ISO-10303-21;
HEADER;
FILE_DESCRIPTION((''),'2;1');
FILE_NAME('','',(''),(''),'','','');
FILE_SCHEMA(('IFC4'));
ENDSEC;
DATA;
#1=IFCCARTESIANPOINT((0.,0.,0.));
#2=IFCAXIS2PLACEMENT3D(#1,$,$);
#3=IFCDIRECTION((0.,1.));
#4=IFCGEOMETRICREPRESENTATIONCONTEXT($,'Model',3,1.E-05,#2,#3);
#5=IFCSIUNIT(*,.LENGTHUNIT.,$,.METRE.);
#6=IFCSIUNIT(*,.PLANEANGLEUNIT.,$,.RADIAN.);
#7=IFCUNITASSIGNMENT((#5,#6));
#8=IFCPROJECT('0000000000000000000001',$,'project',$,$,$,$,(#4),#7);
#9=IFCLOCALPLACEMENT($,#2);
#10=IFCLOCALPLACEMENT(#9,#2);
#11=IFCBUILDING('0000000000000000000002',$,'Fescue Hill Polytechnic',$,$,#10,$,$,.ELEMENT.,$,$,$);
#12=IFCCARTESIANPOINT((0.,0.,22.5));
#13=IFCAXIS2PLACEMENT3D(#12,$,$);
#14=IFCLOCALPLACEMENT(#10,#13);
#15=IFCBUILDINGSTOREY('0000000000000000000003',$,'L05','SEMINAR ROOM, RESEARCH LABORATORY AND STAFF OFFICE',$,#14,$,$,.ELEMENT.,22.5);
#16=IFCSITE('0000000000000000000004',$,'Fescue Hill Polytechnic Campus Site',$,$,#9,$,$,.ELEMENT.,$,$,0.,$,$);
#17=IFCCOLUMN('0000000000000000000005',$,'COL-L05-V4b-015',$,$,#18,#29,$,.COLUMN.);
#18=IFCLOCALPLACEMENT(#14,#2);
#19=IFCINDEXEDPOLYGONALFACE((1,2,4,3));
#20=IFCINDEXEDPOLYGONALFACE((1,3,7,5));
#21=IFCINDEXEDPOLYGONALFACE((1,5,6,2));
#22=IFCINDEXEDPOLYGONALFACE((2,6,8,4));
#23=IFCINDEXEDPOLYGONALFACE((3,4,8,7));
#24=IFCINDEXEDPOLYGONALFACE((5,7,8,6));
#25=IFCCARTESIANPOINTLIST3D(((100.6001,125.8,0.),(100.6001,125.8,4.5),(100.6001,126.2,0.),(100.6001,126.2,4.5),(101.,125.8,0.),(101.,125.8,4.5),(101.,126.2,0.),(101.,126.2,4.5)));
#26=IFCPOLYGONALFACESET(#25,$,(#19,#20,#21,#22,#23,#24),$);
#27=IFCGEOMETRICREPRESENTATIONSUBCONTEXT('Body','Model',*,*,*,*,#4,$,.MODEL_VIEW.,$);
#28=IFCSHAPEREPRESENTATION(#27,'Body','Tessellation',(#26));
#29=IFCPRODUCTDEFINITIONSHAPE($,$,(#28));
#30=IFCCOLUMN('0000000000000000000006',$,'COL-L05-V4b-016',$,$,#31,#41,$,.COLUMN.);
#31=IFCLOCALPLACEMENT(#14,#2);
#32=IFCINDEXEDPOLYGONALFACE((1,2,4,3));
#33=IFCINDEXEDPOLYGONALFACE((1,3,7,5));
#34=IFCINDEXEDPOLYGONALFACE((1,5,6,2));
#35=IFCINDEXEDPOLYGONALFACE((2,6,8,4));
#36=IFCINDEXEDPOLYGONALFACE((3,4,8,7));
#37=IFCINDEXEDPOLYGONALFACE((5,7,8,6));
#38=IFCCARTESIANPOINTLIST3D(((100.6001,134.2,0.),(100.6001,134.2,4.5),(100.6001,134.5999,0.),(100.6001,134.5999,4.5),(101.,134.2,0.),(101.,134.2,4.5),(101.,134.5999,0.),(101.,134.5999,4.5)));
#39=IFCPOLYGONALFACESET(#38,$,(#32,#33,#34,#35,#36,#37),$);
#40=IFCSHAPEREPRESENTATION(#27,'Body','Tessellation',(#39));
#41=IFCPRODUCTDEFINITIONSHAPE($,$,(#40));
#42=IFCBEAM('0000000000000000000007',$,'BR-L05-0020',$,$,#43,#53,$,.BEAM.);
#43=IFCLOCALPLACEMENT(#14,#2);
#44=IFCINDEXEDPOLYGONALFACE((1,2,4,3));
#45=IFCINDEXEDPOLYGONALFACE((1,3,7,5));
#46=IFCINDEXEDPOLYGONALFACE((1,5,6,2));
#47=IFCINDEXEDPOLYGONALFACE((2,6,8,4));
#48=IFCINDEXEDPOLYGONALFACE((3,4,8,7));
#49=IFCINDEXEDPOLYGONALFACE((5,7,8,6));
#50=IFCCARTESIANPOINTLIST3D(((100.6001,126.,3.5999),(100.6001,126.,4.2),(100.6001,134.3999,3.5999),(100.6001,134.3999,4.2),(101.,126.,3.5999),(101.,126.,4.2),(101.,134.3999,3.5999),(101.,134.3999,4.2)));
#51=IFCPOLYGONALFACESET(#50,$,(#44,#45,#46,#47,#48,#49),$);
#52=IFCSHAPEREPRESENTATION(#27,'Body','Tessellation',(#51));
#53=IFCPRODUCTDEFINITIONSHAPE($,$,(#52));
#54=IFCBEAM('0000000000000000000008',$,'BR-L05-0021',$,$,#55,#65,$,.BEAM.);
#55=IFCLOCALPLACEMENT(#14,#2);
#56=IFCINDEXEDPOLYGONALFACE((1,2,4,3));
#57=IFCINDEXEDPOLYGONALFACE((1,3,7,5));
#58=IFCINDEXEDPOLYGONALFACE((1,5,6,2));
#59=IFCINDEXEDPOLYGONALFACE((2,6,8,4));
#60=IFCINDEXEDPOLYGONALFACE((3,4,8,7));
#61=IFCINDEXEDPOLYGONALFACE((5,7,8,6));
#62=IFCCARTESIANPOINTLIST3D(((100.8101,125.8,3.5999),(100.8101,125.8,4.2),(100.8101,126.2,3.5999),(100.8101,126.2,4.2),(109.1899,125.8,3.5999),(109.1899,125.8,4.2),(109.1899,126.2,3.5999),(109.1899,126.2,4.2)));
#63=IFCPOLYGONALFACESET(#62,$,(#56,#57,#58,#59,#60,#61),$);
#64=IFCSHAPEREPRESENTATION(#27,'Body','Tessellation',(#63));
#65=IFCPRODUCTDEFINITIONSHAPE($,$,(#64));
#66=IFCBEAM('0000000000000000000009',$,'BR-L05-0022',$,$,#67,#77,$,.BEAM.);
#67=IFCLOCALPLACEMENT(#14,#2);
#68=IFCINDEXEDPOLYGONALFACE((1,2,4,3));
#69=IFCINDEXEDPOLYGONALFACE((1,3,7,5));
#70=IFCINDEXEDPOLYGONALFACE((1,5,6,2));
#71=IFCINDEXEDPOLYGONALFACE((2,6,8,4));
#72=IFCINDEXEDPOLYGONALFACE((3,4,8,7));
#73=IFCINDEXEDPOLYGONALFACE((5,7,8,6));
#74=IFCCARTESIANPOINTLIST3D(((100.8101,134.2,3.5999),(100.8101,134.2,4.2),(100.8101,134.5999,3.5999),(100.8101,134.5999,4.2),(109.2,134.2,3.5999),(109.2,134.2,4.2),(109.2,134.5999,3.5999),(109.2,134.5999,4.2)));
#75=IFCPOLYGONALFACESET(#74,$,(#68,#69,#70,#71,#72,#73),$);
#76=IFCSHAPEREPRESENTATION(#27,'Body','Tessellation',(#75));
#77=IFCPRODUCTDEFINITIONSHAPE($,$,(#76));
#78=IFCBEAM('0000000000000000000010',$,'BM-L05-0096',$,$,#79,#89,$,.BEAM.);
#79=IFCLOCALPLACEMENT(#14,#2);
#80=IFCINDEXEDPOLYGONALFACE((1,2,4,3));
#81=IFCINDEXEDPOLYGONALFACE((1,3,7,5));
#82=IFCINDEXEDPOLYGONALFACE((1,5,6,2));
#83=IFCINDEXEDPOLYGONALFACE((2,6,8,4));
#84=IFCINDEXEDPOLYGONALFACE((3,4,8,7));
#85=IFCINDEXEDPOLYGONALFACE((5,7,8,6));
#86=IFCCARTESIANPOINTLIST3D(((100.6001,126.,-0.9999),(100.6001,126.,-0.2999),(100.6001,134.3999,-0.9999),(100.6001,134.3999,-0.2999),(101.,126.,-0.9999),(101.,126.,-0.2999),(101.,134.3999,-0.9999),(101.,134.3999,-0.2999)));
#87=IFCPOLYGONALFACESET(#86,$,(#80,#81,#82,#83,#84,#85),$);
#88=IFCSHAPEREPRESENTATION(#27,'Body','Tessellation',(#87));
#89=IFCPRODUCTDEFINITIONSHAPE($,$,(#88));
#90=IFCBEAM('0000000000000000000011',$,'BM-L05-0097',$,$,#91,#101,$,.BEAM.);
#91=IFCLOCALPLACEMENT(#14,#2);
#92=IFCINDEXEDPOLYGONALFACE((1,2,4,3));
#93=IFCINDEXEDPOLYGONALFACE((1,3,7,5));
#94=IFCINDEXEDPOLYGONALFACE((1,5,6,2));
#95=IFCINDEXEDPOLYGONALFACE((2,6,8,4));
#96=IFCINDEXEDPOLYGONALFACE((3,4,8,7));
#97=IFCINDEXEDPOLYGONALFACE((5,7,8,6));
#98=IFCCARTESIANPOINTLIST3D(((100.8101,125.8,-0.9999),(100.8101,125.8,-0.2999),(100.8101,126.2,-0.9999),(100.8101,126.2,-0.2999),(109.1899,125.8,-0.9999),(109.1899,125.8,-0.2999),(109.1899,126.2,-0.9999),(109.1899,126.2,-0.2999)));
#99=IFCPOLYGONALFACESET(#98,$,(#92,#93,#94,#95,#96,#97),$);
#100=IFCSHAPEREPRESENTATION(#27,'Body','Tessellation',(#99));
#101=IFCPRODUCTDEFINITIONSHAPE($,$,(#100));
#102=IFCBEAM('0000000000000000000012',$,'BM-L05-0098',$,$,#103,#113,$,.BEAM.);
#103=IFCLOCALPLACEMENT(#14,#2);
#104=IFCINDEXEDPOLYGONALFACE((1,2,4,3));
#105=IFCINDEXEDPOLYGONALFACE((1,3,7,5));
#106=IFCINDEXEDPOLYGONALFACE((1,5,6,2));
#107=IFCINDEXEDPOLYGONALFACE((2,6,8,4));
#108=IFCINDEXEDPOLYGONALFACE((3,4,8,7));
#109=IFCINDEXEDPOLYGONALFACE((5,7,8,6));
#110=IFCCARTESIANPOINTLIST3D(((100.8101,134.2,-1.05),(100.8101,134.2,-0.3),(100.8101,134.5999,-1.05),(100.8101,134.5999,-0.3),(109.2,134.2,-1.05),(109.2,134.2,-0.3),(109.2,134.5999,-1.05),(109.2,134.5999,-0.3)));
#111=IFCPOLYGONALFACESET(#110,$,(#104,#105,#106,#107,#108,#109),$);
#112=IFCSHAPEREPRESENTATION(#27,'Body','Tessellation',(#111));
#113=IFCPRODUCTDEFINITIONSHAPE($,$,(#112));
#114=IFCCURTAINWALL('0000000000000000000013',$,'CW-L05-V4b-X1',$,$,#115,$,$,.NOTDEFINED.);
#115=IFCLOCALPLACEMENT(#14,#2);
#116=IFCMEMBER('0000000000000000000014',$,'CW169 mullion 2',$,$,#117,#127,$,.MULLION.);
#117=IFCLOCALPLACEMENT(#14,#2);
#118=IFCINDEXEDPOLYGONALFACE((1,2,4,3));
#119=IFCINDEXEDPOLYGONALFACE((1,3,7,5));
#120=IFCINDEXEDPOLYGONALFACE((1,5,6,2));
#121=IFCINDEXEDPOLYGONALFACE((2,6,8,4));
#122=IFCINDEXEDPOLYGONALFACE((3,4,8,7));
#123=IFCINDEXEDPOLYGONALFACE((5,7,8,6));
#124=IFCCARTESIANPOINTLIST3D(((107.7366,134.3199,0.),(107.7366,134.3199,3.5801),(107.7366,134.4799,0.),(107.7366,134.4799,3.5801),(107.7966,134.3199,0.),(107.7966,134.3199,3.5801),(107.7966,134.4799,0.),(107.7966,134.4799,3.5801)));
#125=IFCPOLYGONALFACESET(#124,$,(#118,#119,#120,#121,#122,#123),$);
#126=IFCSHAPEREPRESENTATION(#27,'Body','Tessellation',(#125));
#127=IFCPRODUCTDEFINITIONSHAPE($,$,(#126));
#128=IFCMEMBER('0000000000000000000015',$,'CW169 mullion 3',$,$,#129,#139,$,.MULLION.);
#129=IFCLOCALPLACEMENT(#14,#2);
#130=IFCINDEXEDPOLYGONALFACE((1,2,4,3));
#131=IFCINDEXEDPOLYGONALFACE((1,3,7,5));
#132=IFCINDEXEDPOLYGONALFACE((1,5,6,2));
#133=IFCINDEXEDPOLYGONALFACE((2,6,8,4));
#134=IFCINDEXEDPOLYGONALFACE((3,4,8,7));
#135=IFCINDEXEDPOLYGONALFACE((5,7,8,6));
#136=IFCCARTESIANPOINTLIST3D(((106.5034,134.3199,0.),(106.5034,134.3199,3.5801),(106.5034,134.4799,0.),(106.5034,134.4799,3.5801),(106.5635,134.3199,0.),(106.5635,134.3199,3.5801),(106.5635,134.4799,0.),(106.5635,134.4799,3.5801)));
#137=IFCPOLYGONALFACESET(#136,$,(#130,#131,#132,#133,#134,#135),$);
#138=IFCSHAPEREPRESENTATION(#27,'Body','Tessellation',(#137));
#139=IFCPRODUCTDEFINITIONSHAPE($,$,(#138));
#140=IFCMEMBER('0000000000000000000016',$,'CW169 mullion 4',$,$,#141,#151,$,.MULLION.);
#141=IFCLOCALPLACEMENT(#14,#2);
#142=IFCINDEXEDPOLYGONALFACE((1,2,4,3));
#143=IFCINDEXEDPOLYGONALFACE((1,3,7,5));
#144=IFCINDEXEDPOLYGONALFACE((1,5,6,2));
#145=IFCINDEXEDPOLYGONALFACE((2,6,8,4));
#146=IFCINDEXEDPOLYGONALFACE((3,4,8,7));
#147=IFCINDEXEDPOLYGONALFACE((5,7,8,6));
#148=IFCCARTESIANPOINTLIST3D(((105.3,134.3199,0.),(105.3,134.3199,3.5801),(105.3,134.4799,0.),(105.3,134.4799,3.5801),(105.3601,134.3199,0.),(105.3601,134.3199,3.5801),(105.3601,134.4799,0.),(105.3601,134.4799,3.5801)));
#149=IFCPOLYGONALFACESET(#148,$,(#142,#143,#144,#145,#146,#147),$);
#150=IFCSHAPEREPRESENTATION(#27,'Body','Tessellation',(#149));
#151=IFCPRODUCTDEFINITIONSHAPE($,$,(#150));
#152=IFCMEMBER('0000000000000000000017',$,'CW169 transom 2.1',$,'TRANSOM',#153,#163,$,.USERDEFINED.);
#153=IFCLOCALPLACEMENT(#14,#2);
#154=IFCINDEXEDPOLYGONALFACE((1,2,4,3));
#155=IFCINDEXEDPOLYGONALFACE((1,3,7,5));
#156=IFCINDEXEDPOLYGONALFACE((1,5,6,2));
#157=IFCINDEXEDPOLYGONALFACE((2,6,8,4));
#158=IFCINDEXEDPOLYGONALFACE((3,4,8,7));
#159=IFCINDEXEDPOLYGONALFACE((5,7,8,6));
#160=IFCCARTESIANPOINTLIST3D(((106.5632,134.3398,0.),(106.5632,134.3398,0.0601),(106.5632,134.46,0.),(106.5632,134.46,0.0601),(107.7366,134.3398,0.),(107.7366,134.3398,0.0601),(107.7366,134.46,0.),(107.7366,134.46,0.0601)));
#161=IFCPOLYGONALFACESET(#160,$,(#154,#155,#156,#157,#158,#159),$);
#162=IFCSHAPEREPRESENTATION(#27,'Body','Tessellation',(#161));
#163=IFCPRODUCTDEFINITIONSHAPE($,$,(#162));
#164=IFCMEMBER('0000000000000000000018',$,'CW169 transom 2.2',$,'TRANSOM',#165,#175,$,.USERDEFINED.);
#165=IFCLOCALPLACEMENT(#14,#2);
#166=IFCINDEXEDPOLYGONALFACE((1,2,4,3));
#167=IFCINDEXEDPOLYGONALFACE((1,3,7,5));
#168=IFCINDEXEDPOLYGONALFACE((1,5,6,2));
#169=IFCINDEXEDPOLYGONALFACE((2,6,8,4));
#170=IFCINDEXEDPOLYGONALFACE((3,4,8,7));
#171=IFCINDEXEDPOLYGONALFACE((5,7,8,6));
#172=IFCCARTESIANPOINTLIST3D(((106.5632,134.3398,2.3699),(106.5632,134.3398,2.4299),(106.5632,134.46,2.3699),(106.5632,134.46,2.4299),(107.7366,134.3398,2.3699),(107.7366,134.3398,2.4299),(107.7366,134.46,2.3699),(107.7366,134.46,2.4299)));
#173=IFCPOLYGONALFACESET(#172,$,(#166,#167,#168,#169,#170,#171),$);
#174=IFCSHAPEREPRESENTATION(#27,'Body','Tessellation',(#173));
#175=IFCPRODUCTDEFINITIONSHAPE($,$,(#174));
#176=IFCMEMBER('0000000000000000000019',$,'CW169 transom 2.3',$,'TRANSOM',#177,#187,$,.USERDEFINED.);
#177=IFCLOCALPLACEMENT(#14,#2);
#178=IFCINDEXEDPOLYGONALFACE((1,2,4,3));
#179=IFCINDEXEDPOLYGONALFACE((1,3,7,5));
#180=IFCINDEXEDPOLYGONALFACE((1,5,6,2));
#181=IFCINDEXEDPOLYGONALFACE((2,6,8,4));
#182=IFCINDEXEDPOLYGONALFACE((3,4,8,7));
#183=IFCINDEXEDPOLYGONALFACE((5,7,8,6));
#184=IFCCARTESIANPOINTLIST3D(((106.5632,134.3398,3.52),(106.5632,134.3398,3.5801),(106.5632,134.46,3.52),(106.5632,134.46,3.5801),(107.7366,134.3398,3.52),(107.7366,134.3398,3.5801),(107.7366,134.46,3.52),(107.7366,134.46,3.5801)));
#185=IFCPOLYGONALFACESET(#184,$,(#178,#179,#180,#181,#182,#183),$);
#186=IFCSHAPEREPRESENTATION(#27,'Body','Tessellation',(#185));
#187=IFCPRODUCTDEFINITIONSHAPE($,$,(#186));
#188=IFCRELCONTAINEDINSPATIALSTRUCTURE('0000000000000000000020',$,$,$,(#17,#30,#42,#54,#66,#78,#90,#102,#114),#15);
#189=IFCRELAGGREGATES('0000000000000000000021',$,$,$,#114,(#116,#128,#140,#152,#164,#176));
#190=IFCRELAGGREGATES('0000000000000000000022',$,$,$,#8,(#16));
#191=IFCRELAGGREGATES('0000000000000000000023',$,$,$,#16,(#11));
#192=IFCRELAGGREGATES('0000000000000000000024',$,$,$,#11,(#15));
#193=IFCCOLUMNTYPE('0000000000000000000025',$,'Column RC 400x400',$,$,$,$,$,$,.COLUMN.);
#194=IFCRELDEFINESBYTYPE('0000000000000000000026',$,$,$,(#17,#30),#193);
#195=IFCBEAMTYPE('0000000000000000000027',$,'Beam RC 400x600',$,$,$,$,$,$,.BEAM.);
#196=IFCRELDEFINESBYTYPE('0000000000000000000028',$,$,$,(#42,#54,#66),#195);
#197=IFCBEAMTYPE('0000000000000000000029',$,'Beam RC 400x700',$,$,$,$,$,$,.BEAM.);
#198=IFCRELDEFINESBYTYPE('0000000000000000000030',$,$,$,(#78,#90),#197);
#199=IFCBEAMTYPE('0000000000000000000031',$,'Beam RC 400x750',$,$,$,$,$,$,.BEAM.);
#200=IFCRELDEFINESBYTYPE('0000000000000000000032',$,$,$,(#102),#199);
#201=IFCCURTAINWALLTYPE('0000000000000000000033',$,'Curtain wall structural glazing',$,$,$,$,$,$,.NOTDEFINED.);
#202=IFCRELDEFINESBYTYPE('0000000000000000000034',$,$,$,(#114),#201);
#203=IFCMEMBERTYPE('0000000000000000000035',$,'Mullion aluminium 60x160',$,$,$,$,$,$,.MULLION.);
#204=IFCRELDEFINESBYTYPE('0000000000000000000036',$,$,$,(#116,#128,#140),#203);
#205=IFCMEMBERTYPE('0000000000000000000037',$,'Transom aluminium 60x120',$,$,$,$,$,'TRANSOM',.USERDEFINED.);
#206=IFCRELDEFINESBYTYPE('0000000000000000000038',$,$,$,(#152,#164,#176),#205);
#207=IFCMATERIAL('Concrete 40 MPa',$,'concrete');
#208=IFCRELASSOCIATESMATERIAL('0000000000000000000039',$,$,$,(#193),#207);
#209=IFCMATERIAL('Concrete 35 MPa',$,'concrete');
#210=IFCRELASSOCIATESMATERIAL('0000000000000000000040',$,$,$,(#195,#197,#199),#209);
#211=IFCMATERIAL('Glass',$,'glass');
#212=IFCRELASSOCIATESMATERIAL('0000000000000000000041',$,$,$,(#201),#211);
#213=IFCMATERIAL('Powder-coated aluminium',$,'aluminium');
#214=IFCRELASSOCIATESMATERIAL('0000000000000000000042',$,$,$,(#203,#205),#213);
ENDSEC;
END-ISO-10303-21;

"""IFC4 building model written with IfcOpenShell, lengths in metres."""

from ifc_helpers import new_model, si_unit, direction, frame, origin, origin_2d, place, context, subcontext, project, spatial, rectangle, extrude, material, material_profile, profile_set, type_object, element, aggregate, save


model = new_model("IFC4")

# Units and contexts
model_context = context("Model", 3, precision=1e-05, world=origin(), true_north=direction((0.0, 1.0)))
body_context = subcontext(model_context, "Body", "Model", "MODEL_VIEW")
ifc_project = project(units=[si_unit("LENGTHUNIT", "METRE"), si_unit("PLANEANGLEUNIT", "RADIAN")], contexts=[model_context])

# Site, building, storey
site_placement = place(None, origin())
site = spatial("IfcSite", under=ifc_project, at=site_placement, Name="Fescue Hill Polytechnic Campus Site", CompositionType="ELEMENT", RefElevation=0.0)
building_placement = place(site_placement, origin())
building = spatial("IfcBuilding", under=site, at=building_placement, Name="Fescue Hill Polytechnic", CompositionType="ELEMENT")
storey_placement = place(building_placement, frame((0.0, 0.0, 22.5)))
storey = spatial("IfcBuildingStorey", under=building, at=storey_placement, Name="L05", Description="SEMINAR ROOM, RESEARCH LABORATORY AND STAFF OFFICE", CompositionType="ELEMENT", Elevation=22.5)

# Columns
ifc_material_1 = material(Name="Concrete 40 MPa", Category="concrete")
ifc_material_profile_1 = material_profile(ifc_material_1, rectangle(XDim=0.3999, YDim=0.3999, at=origin_2d()), Name="RC 400x400")
ifc_profile_set_1 = profile_set([ifc_material_profile_1], Name="Concrete 40 MPa")
column_type = type_object("IfcColumnType", Name="Column RC 400x400", PredefinedType="COLUMN", material=ifc_profile_set_1)
for number, where, z_axis, x_axis, name in (
    (1, (100.8, 126.0, 0.0), (0.0, 0.0, 1.0), (1.0, 0.0, 0.0), "COL-L05-V4b-015"),
    (2, (100.8, 134.3999, 0.0), (0.0, 0.0, 1.0), (1.0, 0.0, 0.0), "COL-L05-V4b-016"),
):
    element("IfcColumn", number, at=place(storey_placement, frame(where, z_axis=z_axis, x_axis=x_axis)), inside=storey, type_object=column_type, Name=name, PredefinedType="COLUMN", context=body_context, shape_type="SweptSolid", body=[
        extrude(rectangle(XDim=0.3999, YDim=0.3999, at=origin_2d()), origin(), (0.0, 0.0, 1.0), 4.5),
    ])

# Beams
ifc_material_2 = material(Name="Concrete 35 MPa", Category="concrete")
ifc_material_profile_2 = material_profile(ifc_material_2, rectangle(XDim=0.3999, YDim=0.6001, at=origin_2d()), Name="RC 400x600")
ifc_profile_set_2 = profile_set([ifc_material_profile_2], Name="Concrete 35 MPa")
beam_type_1 = type_object("IfcBeamType", Name="Beam RC 400x600", PredefinedType="BEAM", material=ifc_profile_set_2)
beam_1_placement = place(storey_placement, frame((100.8, 126.0, 3.8999), z_axis=(0.0, 1.0, 0.0), x_axis=(-1.0, 0.0, 0.0)))
element("IfcBeam", 3, at=beam_1_placement, inside=storey, type_object=beam_type_1, Name="BR-L05-0020", PredefinedType="BEAM", context=body_context, shape_type="SweptSolid", body=[
    extrude(rectangle(XDim=0.3999, YDim=0.6001, at=origin_2d()), origin(), (0.0, 0.0, 1.0), 8.3999),
])
beam_2_placement = place(storey_placement, frame((100.8101, 126.0, 3.8999), z_axis=(1.0, 0.0, 0.0), x_axis=(0.0, 1.0, 0.0)))
element("IfcBeam", 4, at=beam_2_placement, inside=storey, type_object=beam_type_1, Name="BR-L05-0021", PredefinedType="BEAM", context=body_context, shape_type="SweptSolid", body=[
    extrude(rectangle(XDim=0.3999, YDim=0.6001, at=origin_2d()), origin(), (0.0, 0.0, 1.0), 8.3799),
])
beam_3_placement = place(storey_placement, frame((100.8101, 134.3999, 3.8999), z_axis=(1.0, 0.0, 0.0), x_axis=(0.0, 1.0, 0.0)))
element("IfcBeam", 5, at=beam_3_placement, inside=storey, type_object=beam_type_1, Name="BR-L05-0022", PredefinedType="BEAM", context=body_context, shape_type="SweptSolid", body=[
    extrude(rectangle(XDim=0.3999, YDim=0.6001, at=origin_2d()), origin(), (0.0, 0.0, 1.0), 8.3899),
])
ifc_material_profile_3 = material_profile(ifc_material_2, rectangle(XDim=0.3999, YDim=0.7, at=origin_2d()), Name="RC 400x700")
ifc_profile_set_3 = profile_set([ifc_material_profile_3], Name="Concrete 35 MPa")
beam_type_2 = type_object("IfcBeamType", Name="Beam RC 400x700", PredefinedType="BEAM", material=ifc_profile_set_3)
beam_4_placement = place(storey_placement, frame((100.8, 126.0, -0.6499), z_axis=(0.0, 1.0, 0.0), x_axis=(-1.0, 0.0, 0.0)))
element("IfcBeam", 6, at=beam_4_placement, inside=storey, type_object=beam_type_2, Name="BM-L05-0096", PredefinedType="BEAM", context=body_context, shape_type="SweptSolid", body=[
    extrude(rectangle(XDim=0.3999, YDim=0.7, at=origin_2d()), origin(), (0.0, 0.0, 1.0), 8.3999),
])
beam_5_placement = place(storey_placement, frame((100.8101, 126.0, -0.6499), z_axis=(1.0, 0.0, 0.0), x_axis=(0.0, 1.0, 0.0)))
element("IfcBeam", 7, at=beam_5_placement, inside=storey, type_object=beam_type_2, Name="BM-L05-0097", PredefinedType="BEAM", context=body_context, shape_type="SweptSolid", body=[
    extrude(rectangle(XDim=0.3999, YDim=0.7, at=origin_2d()), origin(), (0.0, 0.0, 1.0), 8.3799),
])
ifc_material_profile_4 = material_profile(ifc_material_2, rectangle(XDim=0.3999, YDim=0.75, at=origin_2d()), Name="RC 400x750")
ifc_profile_set_4 = profile_set([ifc_material_profile_4], Name="Concrete 35 MPa")
beam_type_3 = type_object("IfcBeamType", Name="Beam RC 400x750", PredefinedType="BEAM", material=ifc_profile_set_4)
beam_6_placement = place(storey_placement, frame((100.8101, 134.3999, -0.675), z_axis=(1.0, 0.0, 0.0), x_axis=(0.0, 1.0, 0.0)))
element("IfcBeam", 8, at=beam_6_placement, inside=storey, type_object=beam_type_3, Name="BM-L05-0098", PredefinedType="BEAM", context=body_context, shape_type="SweptSolid", body=[
    extrude(rectangle(XDim=0.3999, YDim=0.75, at=origin_2d()), origin(), (0.0, 0.0, 1.0), 8.3899),
])

# Curtain wall, members
ifc_material_3 = material(Name="Glass", Category="glass")
curtain_wall_type = type_object("IfcCurtainWallType", Name="Curtain wall structural glazing", PredefinedType="NOTDEFINED", material=ifc_material_3)
curtain_wall_placement = place(storey_placement, origin())
curtain_wall = element("IfcCurtainWall", 9, at=curtain_wall_placement, inside=storey, type_object=curtain_wall_type, Name="CW-L05-V4b-X1", PredefinedType="NOTDEFINED")
ifc_material_4 = material(Name="Powder-coated aluminium", Category="aluminium")
ifc_material_profile_5 = material_profile(ifc_material_4, rectangle(XDim=0.1599, YDim=0.0601, at=origin_2d()), Name="Mullion aluminium 60x160")
ifc_profile_set_5 = profile_set([ifc_material_profile_5], Name="Powder-coated aluminium")
member_type_1 = type_object("IfcMemberType", Name="Mullion aluminium 60x160", PredefinedType="MULLION", material=ifc_profile_set_5)
member_1_placement = place(storey_placement, frame((107.7666, 134.3999, 0.0), z_axis=(0.0, 0.0, 1.0), x_axis=(0.0, -1.0, 0.0)))
member_1 = element("IfcMember", 10, at=member_1_placement, type_object=member_type_1, Name="CW169 mullion 2", PredefinedType="MULLION", context=body_context, shape_type="SweptSolid", body=[
    extrude(rectangle(XDim=0.1599, YDim=0.0601, at=origin_2d()), origin(), (0.0, 0.0, 1.0), 3.5801),
])
member_2_placement = place(storey_placement, frame((106.5334, 134.3999, 0.0), z_axis=(0.0, 0.0, 1.0), x_axis=(0.0, -1.0, 0.0)))
member_2 = element("IfcMember", 11, at=member_2_placement, type_object=member_type_1, Name="CW169 mullion 3", PredefinedType="MULLION", context=body_context, shape_type="SweptSolid", body=[
    extrude(rectangle(XDim=0.1599, YDim=0.0601, at=origin_2d()), origin(), (0.0, 0.0, 1.0), 3.5801),
])
member_3_placement = place(storey_placement, frame((105.3301, 134.3999, 0.0), z_axis=(0.0, 0.0, 1.0), x_axis=(0.0, -1.0, 0.0)))
member_3 = element("IfcMember", 12, at=member_3_placement, type_object=member_type_1, Name="CW169 mullion 4", PredefinedType="MULLION", context=body_context, shape_type="SweptSolid", body=[
    extrude(rectangle(XDim=0.1599, YDim=0.0601, at=origin_2d()), origin(), (0.0, 0.0, 1.0), 3.5801),
])
ifc_material_profile_6 = material_profile(ifc_material_4, rectangle(XDim=0.1201, YDim=0.0601, at=origin_2d()), Name="Transom aluminium 60x120")
ifc_profile_set_6 = profile_set([ifc_material_profile_6], Name="Powder-coated aluminium")
member_type_2 = type_object("IfcMemberType", Name="Transom aluminium 60x120", ElementType="TRANSOM", PredefinedType="USERDEFINED", material=ifc_profile_set_6)
member_4_placement = place(storey_placement, frame((107.7366, 134.3999, 0.03), z_axis=(-1.0, 0.0, 0.0), x_axis=(0.0, -1.0, 0.0)))
member_4 = element("IfcMember", 13, at=member_4_placement, type_object=member_type_2, Name="CW169 transom 2.1", ObjectType="TRANSOM", PredefinedType="USERDEFINED", context=body_context, shape_type="SweptSolid", body=[
    extrude(rectangle(XDim=0.1201, YDim=0.0601, at=origin_2d()), origin(), (0.0, 0.0, 1.0), 1.1733),
])
member_5_placement = place(storey_placement, frame((107.7366, 134.3999, 2.3999), z_axis=(-1.0, 0.0, 0.0), x_axis=(0.0, -1.0, 0.0)))
member_5 = element("IfcMember", 14, at=member_5_placement, type_object=member_type_2, Name="CW169 transom 2.2", ObjectType="TRANSOM", PredefinedType="USERDEFINED", context=body_context, shape_type="SweptSolid", body=[
    extrude(rectangle(XDim=0.1201, YDim=0.0601, at=origin_2d()), origin(), (0.0, 0.0, 1.0), 1.1733),
])
member_6_placement = place(storey_placement, frame((107.7366, 134.3999, 3.55), z_axis=(-1.0, 0.0, 0.0), x_axis=(0.0, -1.0, 0.0)))
member_6 = element("IfcMember", 15, at=member_6_placement, type_object=member_type_2, Name="CW169 transom 2.3", ObjectType="TRANSOM", PredefinedType="USERDEFINED", context=body_context, shape_type="SweptSolid", body=[
    extrude(rectangle(XDim=0.1201, YDim=0.0601, at=origin_2d()), origin(), (0.0, 0.0, 1.0), 1.1733),
])
aggregate(curtain_wall, [member_1, member_2, member_3, member_4, member_5, member_6])

save(model, "model.ifc")
